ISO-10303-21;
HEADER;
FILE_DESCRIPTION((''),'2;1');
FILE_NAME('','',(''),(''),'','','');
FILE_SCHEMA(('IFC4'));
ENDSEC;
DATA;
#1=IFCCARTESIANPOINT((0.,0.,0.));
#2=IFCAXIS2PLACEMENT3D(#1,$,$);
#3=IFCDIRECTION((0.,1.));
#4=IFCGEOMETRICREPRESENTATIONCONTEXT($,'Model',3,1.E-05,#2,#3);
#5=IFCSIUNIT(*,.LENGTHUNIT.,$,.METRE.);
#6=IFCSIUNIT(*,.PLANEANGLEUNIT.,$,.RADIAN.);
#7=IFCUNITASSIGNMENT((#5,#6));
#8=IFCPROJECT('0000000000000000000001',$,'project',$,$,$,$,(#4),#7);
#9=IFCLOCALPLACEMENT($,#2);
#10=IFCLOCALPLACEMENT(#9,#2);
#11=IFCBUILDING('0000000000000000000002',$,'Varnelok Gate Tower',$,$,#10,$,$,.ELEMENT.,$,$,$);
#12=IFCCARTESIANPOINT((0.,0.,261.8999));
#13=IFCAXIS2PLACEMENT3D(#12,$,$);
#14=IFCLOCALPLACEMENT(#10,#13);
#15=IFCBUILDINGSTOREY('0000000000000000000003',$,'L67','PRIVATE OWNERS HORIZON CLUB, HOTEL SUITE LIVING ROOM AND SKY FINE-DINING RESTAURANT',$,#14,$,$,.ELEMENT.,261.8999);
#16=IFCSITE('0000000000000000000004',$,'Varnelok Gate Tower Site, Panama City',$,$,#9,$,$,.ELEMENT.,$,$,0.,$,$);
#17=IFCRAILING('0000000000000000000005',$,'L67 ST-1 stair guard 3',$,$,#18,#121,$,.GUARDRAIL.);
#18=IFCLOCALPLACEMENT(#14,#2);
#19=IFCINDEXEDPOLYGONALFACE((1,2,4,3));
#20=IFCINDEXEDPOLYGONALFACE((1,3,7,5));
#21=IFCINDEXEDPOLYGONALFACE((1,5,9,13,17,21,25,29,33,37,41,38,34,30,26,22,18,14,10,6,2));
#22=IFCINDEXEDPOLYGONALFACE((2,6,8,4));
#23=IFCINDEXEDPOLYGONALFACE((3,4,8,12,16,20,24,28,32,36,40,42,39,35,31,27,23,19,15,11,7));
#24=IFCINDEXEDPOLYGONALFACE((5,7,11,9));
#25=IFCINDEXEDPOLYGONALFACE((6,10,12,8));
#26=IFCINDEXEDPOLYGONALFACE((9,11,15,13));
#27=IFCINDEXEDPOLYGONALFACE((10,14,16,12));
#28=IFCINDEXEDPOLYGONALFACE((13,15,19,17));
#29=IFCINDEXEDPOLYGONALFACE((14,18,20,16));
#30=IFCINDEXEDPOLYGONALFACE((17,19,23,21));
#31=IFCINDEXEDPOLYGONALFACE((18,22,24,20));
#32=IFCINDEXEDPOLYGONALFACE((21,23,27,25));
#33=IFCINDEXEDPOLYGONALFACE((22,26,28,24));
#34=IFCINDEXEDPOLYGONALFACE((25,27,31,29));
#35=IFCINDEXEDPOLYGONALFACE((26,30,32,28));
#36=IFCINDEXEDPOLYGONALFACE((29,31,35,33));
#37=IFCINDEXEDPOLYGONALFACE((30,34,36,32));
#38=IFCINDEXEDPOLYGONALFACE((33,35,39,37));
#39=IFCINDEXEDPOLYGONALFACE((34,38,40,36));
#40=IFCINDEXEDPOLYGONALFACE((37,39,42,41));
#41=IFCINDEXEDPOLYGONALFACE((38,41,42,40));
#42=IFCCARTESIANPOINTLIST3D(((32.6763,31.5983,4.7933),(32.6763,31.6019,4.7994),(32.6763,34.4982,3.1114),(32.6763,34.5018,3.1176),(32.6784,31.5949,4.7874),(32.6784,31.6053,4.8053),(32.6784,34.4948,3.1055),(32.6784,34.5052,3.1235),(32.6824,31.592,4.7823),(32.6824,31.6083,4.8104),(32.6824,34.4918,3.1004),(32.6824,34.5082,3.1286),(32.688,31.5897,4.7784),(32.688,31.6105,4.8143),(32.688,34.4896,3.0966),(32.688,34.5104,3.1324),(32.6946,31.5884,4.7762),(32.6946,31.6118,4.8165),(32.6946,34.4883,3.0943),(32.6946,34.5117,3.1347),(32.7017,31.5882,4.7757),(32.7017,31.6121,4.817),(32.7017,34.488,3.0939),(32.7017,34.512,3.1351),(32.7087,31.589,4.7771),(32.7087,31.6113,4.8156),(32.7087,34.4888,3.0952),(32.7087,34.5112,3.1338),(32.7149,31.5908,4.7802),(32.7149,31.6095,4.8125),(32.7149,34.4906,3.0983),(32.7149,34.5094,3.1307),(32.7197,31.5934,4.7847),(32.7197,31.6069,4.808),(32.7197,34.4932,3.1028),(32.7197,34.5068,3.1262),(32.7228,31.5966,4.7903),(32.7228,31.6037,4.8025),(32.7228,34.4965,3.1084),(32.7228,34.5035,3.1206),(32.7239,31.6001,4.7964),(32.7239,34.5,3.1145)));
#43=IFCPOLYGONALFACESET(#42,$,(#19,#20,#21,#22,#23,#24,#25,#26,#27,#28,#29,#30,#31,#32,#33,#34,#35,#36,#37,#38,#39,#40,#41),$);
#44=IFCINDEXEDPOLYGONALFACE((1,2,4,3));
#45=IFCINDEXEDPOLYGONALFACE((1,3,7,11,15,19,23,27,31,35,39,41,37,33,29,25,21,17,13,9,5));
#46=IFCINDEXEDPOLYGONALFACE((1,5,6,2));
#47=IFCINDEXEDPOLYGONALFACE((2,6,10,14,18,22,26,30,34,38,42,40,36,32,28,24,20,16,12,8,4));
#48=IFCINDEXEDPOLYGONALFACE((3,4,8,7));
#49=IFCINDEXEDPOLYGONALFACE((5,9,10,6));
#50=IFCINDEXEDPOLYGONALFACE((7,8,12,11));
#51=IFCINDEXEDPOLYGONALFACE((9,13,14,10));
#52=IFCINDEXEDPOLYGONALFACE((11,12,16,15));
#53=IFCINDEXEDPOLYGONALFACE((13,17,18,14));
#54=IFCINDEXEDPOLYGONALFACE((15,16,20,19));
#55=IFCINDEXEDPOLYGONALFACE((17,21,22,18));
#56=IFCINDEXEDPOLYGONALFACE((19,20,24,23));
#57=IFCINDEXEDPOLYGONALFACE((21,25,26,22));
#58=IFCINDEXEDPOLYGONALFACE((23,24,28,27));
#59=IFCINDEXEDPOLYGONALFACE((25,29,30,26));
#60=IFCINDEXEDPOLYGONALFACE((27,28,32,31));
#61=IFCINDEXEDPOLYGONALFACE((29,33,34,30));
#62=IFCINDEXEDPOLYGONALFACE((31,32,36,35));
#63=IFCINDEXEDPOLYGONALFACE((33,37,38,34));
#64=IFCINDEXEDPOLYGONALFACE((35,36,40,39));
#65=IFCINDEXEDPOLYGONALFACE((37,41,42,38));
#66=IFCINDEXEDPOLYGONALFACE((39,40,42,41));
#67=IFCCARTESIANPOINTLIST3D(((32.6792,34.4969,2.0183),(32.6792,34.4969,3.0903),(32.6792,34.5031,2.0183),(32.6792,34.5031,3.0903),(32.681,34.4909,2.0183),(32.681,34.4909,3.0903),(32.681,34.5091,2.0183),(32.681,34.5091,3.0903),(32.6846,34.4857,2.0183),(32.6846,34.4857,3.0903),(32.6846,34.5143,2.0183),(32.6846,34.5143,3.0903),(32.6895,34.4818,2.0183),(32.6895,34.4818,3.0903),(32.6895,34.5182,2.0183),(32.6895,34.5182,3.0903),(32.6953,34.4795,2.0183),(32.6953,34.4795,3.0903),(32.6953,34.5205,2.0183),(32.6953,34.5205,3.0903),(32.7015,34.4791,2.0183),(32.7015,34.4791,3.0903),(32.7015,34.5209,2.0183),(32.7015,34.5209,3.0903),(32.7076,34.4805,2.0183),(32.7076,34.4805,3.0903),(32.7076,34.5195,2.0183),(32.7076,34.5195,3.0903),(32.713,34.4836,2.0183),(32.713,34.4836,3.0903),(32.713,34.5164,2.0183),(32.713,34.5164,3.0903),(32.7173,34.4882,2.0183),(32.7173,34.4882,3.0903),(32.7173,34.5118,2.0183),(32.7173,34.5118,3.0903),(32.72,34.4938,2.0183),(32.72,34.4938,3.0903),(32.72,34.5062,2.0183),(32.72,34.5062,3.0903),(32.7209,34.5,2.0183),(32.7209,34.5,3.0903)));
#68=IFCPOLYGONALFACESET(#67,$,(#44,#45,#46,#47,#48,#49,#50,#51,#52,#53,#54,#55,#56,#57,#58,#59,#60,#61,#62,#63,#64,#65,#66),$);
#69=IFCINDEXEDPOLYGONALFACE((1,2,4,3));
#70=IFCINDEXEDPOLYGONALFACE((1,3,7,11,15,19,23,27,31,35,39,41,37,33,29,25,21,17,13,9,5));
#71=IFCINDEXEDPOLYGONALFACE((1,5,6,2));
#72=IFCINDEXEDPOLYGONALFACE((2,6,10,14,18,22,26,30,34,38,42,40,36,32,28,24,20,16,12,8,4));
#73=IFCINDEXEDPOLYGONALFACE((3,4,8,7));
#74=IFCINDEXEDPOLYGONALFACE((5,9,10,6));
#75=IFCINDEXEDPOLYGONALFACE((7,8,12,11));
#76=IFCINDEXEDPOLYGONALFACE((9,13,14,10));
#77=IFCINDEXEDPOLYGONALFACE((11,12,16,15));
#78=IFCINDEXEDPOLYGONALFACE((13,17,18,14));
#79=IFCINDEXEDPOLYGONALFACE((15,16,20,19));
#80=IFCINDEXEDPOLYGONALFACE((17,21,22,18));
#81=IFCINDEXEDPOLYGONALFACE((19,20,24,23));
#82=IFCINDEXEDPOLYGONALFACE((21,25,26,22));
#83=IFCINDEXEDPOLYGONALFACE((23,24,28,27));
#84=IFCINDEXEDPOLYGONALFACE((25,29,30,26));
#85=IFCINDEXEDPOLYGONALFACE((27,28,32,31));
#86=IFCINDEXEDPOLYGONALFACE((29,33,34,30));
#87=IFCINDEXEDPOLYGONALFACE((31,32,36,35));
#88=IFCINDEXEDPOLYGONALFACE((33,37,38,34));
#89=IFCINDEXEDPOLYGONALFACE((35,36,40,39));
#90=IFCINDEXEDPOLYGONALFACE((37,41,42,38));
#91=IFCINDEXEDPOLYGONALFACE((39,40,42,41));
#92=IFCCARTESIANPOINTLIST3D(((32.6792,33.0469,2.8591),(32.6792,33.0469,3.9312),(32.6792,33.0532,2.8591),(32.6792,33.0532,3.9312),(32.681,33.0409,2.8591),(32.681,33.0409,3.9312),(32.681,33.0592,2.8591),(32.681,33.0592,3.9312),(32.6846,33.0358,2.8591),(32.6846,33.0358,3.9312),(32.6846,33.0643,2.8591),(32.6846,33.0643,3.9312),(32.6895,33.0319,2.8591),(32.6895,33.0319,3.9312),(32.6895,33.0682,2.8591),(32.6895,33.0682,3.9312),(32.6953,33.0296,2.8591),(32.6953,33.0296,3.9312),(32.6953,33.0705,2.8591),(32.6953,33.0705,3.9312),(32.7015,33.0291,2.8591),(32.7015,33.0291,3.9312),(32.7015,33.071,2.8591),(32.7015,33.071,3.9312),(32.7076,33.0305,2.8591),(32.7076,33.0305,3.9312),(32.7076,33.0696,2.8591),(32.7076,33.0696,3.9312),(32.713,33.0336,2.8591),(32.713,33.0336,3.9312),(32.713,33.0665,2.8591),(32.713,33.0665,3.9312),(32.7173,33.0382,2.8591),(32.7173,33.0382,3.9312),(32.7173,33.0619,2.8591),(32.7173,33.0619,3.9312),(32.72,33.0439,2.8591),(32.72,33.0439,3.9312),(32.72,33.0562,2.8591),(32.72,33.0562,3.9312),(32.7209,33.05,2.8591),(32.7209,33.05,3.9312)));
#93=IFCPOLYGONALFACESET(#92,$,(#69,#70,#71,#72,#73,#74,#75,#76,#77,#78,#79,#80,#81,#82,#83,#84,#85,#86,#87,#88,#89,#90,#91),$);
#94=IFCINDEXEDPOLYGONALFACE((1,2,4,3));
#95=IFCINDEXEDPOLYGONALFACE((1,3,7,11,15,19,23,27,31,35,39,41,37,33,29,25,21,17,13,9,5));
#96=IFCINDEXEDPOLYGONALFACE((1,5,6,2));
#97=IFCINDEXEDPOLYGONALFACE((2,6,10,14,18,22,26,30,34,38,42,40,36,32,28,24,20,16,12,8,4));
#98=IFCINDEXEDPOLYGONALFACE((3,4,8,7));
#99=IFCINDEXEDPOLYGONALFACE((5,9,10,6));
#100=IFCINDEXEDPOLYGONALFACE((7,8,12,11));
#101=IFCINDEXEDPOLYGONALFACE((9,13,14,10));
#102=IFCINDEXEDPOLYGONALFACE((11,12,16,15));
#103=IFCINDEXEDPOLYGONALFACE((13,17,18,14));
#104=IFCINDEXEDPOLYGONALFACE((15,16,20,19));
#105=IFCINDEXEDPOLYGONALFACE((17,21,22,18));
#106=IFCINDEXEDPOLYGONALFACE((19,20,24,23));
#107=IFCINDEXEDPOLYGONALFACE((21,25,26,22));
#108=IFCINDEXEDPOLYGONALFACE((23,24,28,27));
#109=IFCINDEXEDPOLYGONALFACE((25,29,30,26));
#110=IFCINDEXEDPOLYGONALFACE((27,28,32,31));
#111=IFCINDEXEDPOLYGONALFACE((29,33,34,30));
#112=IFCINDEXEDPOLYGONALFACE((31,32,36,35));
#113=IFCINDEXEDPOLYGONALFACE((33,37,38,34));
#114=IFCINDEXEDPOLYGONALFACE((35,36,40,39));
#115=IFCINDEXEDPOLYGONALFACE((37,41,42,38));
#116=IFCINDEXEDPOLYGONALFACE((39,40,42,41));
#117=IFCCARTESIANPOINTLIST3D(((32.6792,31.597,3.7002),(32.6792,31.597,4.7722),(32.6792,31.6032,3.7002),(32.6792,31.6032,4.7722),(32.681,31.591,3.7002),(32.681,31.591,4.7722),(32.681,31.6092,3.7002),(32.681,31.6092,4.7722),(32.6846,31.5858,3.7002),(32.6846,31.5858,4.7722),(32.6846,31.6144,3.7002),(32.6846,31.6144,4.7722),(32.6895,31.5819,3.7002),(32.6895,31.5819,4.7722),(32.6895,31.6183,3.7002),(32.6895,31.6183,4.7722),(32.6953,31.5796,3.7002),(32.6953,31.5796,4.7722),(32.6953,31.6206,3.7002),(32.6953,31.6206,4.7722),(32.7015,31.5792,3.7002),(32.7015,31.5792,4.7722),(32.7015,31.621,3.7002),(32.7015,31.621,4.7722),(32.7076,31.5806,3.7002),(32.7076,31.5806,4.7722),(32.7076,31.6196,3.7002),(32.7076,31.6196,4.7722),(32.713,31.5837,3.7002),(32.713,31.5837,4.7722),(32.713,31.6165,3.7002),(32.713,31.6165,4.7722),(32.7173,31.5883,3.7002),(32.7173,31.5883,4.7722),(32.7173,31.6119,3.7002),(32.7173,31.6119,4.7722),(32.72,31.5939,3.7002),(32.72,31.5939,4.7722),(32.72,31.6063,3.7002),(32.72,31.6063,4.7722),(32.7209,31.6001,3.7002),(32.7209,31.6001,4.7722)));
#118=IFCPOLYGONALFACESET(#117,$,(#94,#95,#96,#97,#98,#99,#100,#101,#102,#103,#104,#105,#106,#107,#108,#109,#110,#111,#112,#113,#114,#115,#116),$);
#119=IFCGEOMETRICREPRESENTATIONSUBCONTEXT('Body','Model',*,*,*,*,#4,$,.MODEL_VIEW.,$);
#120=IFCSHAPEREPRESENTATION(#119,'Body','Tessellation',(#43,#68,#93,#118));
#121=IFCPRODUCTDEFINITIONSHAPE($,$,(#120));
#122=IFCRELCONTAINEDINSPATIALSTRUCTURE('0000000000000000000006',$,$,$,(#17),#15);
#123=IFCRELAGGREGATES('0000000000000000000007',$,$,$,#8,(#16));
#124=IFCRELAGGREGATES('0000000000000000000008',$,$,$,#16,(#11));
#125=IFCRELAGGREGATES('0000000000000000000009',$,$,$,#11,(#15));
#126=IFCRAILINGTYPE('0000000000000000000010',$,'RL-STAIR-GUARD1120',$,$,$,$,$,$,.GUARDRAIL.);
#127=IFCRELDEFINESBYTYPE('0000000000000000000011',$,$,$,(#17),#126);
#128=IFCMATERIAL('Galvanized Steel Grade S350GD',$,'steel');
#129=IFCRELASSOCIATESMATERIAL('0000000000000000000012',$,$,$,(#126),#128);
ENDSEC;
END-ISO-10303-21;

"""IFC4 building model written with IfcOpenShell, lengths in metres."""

from ifc_helpers import new_model, si_unit, direction, frame, origin, origin_2d, place, context, subcontext, project, spatial, circle, extrude, material, type_object, element, save


model = new_model("IFC4")

# Units and contexts
model_context = context("Model", 3, precision=1e-05, world=origin(), true_north=direction((0.0, 1.0)))
body_context = subcontext(model_context, "Body", "Model", "MODEL_VIEW")
ifc_project = project(units=[si_unit("LENGTHUNIT", "METRE"), si_unit("PLANEANGLEUNIT", "RADIAN")], contexts=[model_context])

# Site, building, storey
site_placement = place(None, origin())
site = spatial("IfcSite", under=ifc_project, at=site_placement, Name="Varnelok Gate Tower Site, Panama City", CompositionType="ELEMENT", RefElevation=0.0)
building_placement = place(site_placement, origin())
building = spatial("IfcBuilding", under=site, at=building_placement, Name="Varnelok Gate Tower", CompositionType="ELEMENT")
storey_placement = place(building_placement, frame((0.0, 0.0, 261.8999)))
storey = spatial("IfcBuildingStorey", under=building, at=storey_placement, Name="L67", Description="PRIVATE OWNERS HORIZON CLUB, HOTEL SUITE LIVING ROOM AND SKY FINE-DINING RESTAURANT", CompositionType="ELEMENT", Elevation=261.8999)

# Shared definitions
ifc_material_1 = material(Name="Galvanized Steel Grade S350GD", Category="steel")

# Railing
railing_type_1 = type_object("IfcRailingType", Name="RL-STAIR-GUARD1120", PredefinedType="GUARDRAIL", material=ifc_material_1)
railing_1_placement = place(storey_placement, frame((32.7, 34.5, 2.0183)))
element("IfcRailing", 1, at=railing_1_placement, inside=storey, type_object=railing_type_1, Name="L67 ST-1 stair guard 3", PredefinedType="GUARDRAIL", context=body_context, shape_type="SweptSolid", body=[
    extrude(circle(Radius=0.0239, at=origin_2d()), frame((0.0, 0.0, 1.0962), z_axis=(0.0, -0.865039, 0.501705), x_axis=(1.0, 0.0, 0.0)), (0.0, 0.0, 1.0), 3.3523),
    extrude(circle(Radius=0.021, at=origin_2d()), origin(), (0.0, 0.0, 1.0), 1.072),
    extrude(circle(Radius=0.021, at=origin_2d()), frame((0.0, -1.45, 0.8408)), (0.0, 0.0, 1.0), 1.072),
    extrude(circle(Radius=0.021, at=origin_2d()), frame((0.0, -2.8999, 1.6819)), (0.0, 0.0, 1.0), 1.072),
])

save(model, "model.ifc")
